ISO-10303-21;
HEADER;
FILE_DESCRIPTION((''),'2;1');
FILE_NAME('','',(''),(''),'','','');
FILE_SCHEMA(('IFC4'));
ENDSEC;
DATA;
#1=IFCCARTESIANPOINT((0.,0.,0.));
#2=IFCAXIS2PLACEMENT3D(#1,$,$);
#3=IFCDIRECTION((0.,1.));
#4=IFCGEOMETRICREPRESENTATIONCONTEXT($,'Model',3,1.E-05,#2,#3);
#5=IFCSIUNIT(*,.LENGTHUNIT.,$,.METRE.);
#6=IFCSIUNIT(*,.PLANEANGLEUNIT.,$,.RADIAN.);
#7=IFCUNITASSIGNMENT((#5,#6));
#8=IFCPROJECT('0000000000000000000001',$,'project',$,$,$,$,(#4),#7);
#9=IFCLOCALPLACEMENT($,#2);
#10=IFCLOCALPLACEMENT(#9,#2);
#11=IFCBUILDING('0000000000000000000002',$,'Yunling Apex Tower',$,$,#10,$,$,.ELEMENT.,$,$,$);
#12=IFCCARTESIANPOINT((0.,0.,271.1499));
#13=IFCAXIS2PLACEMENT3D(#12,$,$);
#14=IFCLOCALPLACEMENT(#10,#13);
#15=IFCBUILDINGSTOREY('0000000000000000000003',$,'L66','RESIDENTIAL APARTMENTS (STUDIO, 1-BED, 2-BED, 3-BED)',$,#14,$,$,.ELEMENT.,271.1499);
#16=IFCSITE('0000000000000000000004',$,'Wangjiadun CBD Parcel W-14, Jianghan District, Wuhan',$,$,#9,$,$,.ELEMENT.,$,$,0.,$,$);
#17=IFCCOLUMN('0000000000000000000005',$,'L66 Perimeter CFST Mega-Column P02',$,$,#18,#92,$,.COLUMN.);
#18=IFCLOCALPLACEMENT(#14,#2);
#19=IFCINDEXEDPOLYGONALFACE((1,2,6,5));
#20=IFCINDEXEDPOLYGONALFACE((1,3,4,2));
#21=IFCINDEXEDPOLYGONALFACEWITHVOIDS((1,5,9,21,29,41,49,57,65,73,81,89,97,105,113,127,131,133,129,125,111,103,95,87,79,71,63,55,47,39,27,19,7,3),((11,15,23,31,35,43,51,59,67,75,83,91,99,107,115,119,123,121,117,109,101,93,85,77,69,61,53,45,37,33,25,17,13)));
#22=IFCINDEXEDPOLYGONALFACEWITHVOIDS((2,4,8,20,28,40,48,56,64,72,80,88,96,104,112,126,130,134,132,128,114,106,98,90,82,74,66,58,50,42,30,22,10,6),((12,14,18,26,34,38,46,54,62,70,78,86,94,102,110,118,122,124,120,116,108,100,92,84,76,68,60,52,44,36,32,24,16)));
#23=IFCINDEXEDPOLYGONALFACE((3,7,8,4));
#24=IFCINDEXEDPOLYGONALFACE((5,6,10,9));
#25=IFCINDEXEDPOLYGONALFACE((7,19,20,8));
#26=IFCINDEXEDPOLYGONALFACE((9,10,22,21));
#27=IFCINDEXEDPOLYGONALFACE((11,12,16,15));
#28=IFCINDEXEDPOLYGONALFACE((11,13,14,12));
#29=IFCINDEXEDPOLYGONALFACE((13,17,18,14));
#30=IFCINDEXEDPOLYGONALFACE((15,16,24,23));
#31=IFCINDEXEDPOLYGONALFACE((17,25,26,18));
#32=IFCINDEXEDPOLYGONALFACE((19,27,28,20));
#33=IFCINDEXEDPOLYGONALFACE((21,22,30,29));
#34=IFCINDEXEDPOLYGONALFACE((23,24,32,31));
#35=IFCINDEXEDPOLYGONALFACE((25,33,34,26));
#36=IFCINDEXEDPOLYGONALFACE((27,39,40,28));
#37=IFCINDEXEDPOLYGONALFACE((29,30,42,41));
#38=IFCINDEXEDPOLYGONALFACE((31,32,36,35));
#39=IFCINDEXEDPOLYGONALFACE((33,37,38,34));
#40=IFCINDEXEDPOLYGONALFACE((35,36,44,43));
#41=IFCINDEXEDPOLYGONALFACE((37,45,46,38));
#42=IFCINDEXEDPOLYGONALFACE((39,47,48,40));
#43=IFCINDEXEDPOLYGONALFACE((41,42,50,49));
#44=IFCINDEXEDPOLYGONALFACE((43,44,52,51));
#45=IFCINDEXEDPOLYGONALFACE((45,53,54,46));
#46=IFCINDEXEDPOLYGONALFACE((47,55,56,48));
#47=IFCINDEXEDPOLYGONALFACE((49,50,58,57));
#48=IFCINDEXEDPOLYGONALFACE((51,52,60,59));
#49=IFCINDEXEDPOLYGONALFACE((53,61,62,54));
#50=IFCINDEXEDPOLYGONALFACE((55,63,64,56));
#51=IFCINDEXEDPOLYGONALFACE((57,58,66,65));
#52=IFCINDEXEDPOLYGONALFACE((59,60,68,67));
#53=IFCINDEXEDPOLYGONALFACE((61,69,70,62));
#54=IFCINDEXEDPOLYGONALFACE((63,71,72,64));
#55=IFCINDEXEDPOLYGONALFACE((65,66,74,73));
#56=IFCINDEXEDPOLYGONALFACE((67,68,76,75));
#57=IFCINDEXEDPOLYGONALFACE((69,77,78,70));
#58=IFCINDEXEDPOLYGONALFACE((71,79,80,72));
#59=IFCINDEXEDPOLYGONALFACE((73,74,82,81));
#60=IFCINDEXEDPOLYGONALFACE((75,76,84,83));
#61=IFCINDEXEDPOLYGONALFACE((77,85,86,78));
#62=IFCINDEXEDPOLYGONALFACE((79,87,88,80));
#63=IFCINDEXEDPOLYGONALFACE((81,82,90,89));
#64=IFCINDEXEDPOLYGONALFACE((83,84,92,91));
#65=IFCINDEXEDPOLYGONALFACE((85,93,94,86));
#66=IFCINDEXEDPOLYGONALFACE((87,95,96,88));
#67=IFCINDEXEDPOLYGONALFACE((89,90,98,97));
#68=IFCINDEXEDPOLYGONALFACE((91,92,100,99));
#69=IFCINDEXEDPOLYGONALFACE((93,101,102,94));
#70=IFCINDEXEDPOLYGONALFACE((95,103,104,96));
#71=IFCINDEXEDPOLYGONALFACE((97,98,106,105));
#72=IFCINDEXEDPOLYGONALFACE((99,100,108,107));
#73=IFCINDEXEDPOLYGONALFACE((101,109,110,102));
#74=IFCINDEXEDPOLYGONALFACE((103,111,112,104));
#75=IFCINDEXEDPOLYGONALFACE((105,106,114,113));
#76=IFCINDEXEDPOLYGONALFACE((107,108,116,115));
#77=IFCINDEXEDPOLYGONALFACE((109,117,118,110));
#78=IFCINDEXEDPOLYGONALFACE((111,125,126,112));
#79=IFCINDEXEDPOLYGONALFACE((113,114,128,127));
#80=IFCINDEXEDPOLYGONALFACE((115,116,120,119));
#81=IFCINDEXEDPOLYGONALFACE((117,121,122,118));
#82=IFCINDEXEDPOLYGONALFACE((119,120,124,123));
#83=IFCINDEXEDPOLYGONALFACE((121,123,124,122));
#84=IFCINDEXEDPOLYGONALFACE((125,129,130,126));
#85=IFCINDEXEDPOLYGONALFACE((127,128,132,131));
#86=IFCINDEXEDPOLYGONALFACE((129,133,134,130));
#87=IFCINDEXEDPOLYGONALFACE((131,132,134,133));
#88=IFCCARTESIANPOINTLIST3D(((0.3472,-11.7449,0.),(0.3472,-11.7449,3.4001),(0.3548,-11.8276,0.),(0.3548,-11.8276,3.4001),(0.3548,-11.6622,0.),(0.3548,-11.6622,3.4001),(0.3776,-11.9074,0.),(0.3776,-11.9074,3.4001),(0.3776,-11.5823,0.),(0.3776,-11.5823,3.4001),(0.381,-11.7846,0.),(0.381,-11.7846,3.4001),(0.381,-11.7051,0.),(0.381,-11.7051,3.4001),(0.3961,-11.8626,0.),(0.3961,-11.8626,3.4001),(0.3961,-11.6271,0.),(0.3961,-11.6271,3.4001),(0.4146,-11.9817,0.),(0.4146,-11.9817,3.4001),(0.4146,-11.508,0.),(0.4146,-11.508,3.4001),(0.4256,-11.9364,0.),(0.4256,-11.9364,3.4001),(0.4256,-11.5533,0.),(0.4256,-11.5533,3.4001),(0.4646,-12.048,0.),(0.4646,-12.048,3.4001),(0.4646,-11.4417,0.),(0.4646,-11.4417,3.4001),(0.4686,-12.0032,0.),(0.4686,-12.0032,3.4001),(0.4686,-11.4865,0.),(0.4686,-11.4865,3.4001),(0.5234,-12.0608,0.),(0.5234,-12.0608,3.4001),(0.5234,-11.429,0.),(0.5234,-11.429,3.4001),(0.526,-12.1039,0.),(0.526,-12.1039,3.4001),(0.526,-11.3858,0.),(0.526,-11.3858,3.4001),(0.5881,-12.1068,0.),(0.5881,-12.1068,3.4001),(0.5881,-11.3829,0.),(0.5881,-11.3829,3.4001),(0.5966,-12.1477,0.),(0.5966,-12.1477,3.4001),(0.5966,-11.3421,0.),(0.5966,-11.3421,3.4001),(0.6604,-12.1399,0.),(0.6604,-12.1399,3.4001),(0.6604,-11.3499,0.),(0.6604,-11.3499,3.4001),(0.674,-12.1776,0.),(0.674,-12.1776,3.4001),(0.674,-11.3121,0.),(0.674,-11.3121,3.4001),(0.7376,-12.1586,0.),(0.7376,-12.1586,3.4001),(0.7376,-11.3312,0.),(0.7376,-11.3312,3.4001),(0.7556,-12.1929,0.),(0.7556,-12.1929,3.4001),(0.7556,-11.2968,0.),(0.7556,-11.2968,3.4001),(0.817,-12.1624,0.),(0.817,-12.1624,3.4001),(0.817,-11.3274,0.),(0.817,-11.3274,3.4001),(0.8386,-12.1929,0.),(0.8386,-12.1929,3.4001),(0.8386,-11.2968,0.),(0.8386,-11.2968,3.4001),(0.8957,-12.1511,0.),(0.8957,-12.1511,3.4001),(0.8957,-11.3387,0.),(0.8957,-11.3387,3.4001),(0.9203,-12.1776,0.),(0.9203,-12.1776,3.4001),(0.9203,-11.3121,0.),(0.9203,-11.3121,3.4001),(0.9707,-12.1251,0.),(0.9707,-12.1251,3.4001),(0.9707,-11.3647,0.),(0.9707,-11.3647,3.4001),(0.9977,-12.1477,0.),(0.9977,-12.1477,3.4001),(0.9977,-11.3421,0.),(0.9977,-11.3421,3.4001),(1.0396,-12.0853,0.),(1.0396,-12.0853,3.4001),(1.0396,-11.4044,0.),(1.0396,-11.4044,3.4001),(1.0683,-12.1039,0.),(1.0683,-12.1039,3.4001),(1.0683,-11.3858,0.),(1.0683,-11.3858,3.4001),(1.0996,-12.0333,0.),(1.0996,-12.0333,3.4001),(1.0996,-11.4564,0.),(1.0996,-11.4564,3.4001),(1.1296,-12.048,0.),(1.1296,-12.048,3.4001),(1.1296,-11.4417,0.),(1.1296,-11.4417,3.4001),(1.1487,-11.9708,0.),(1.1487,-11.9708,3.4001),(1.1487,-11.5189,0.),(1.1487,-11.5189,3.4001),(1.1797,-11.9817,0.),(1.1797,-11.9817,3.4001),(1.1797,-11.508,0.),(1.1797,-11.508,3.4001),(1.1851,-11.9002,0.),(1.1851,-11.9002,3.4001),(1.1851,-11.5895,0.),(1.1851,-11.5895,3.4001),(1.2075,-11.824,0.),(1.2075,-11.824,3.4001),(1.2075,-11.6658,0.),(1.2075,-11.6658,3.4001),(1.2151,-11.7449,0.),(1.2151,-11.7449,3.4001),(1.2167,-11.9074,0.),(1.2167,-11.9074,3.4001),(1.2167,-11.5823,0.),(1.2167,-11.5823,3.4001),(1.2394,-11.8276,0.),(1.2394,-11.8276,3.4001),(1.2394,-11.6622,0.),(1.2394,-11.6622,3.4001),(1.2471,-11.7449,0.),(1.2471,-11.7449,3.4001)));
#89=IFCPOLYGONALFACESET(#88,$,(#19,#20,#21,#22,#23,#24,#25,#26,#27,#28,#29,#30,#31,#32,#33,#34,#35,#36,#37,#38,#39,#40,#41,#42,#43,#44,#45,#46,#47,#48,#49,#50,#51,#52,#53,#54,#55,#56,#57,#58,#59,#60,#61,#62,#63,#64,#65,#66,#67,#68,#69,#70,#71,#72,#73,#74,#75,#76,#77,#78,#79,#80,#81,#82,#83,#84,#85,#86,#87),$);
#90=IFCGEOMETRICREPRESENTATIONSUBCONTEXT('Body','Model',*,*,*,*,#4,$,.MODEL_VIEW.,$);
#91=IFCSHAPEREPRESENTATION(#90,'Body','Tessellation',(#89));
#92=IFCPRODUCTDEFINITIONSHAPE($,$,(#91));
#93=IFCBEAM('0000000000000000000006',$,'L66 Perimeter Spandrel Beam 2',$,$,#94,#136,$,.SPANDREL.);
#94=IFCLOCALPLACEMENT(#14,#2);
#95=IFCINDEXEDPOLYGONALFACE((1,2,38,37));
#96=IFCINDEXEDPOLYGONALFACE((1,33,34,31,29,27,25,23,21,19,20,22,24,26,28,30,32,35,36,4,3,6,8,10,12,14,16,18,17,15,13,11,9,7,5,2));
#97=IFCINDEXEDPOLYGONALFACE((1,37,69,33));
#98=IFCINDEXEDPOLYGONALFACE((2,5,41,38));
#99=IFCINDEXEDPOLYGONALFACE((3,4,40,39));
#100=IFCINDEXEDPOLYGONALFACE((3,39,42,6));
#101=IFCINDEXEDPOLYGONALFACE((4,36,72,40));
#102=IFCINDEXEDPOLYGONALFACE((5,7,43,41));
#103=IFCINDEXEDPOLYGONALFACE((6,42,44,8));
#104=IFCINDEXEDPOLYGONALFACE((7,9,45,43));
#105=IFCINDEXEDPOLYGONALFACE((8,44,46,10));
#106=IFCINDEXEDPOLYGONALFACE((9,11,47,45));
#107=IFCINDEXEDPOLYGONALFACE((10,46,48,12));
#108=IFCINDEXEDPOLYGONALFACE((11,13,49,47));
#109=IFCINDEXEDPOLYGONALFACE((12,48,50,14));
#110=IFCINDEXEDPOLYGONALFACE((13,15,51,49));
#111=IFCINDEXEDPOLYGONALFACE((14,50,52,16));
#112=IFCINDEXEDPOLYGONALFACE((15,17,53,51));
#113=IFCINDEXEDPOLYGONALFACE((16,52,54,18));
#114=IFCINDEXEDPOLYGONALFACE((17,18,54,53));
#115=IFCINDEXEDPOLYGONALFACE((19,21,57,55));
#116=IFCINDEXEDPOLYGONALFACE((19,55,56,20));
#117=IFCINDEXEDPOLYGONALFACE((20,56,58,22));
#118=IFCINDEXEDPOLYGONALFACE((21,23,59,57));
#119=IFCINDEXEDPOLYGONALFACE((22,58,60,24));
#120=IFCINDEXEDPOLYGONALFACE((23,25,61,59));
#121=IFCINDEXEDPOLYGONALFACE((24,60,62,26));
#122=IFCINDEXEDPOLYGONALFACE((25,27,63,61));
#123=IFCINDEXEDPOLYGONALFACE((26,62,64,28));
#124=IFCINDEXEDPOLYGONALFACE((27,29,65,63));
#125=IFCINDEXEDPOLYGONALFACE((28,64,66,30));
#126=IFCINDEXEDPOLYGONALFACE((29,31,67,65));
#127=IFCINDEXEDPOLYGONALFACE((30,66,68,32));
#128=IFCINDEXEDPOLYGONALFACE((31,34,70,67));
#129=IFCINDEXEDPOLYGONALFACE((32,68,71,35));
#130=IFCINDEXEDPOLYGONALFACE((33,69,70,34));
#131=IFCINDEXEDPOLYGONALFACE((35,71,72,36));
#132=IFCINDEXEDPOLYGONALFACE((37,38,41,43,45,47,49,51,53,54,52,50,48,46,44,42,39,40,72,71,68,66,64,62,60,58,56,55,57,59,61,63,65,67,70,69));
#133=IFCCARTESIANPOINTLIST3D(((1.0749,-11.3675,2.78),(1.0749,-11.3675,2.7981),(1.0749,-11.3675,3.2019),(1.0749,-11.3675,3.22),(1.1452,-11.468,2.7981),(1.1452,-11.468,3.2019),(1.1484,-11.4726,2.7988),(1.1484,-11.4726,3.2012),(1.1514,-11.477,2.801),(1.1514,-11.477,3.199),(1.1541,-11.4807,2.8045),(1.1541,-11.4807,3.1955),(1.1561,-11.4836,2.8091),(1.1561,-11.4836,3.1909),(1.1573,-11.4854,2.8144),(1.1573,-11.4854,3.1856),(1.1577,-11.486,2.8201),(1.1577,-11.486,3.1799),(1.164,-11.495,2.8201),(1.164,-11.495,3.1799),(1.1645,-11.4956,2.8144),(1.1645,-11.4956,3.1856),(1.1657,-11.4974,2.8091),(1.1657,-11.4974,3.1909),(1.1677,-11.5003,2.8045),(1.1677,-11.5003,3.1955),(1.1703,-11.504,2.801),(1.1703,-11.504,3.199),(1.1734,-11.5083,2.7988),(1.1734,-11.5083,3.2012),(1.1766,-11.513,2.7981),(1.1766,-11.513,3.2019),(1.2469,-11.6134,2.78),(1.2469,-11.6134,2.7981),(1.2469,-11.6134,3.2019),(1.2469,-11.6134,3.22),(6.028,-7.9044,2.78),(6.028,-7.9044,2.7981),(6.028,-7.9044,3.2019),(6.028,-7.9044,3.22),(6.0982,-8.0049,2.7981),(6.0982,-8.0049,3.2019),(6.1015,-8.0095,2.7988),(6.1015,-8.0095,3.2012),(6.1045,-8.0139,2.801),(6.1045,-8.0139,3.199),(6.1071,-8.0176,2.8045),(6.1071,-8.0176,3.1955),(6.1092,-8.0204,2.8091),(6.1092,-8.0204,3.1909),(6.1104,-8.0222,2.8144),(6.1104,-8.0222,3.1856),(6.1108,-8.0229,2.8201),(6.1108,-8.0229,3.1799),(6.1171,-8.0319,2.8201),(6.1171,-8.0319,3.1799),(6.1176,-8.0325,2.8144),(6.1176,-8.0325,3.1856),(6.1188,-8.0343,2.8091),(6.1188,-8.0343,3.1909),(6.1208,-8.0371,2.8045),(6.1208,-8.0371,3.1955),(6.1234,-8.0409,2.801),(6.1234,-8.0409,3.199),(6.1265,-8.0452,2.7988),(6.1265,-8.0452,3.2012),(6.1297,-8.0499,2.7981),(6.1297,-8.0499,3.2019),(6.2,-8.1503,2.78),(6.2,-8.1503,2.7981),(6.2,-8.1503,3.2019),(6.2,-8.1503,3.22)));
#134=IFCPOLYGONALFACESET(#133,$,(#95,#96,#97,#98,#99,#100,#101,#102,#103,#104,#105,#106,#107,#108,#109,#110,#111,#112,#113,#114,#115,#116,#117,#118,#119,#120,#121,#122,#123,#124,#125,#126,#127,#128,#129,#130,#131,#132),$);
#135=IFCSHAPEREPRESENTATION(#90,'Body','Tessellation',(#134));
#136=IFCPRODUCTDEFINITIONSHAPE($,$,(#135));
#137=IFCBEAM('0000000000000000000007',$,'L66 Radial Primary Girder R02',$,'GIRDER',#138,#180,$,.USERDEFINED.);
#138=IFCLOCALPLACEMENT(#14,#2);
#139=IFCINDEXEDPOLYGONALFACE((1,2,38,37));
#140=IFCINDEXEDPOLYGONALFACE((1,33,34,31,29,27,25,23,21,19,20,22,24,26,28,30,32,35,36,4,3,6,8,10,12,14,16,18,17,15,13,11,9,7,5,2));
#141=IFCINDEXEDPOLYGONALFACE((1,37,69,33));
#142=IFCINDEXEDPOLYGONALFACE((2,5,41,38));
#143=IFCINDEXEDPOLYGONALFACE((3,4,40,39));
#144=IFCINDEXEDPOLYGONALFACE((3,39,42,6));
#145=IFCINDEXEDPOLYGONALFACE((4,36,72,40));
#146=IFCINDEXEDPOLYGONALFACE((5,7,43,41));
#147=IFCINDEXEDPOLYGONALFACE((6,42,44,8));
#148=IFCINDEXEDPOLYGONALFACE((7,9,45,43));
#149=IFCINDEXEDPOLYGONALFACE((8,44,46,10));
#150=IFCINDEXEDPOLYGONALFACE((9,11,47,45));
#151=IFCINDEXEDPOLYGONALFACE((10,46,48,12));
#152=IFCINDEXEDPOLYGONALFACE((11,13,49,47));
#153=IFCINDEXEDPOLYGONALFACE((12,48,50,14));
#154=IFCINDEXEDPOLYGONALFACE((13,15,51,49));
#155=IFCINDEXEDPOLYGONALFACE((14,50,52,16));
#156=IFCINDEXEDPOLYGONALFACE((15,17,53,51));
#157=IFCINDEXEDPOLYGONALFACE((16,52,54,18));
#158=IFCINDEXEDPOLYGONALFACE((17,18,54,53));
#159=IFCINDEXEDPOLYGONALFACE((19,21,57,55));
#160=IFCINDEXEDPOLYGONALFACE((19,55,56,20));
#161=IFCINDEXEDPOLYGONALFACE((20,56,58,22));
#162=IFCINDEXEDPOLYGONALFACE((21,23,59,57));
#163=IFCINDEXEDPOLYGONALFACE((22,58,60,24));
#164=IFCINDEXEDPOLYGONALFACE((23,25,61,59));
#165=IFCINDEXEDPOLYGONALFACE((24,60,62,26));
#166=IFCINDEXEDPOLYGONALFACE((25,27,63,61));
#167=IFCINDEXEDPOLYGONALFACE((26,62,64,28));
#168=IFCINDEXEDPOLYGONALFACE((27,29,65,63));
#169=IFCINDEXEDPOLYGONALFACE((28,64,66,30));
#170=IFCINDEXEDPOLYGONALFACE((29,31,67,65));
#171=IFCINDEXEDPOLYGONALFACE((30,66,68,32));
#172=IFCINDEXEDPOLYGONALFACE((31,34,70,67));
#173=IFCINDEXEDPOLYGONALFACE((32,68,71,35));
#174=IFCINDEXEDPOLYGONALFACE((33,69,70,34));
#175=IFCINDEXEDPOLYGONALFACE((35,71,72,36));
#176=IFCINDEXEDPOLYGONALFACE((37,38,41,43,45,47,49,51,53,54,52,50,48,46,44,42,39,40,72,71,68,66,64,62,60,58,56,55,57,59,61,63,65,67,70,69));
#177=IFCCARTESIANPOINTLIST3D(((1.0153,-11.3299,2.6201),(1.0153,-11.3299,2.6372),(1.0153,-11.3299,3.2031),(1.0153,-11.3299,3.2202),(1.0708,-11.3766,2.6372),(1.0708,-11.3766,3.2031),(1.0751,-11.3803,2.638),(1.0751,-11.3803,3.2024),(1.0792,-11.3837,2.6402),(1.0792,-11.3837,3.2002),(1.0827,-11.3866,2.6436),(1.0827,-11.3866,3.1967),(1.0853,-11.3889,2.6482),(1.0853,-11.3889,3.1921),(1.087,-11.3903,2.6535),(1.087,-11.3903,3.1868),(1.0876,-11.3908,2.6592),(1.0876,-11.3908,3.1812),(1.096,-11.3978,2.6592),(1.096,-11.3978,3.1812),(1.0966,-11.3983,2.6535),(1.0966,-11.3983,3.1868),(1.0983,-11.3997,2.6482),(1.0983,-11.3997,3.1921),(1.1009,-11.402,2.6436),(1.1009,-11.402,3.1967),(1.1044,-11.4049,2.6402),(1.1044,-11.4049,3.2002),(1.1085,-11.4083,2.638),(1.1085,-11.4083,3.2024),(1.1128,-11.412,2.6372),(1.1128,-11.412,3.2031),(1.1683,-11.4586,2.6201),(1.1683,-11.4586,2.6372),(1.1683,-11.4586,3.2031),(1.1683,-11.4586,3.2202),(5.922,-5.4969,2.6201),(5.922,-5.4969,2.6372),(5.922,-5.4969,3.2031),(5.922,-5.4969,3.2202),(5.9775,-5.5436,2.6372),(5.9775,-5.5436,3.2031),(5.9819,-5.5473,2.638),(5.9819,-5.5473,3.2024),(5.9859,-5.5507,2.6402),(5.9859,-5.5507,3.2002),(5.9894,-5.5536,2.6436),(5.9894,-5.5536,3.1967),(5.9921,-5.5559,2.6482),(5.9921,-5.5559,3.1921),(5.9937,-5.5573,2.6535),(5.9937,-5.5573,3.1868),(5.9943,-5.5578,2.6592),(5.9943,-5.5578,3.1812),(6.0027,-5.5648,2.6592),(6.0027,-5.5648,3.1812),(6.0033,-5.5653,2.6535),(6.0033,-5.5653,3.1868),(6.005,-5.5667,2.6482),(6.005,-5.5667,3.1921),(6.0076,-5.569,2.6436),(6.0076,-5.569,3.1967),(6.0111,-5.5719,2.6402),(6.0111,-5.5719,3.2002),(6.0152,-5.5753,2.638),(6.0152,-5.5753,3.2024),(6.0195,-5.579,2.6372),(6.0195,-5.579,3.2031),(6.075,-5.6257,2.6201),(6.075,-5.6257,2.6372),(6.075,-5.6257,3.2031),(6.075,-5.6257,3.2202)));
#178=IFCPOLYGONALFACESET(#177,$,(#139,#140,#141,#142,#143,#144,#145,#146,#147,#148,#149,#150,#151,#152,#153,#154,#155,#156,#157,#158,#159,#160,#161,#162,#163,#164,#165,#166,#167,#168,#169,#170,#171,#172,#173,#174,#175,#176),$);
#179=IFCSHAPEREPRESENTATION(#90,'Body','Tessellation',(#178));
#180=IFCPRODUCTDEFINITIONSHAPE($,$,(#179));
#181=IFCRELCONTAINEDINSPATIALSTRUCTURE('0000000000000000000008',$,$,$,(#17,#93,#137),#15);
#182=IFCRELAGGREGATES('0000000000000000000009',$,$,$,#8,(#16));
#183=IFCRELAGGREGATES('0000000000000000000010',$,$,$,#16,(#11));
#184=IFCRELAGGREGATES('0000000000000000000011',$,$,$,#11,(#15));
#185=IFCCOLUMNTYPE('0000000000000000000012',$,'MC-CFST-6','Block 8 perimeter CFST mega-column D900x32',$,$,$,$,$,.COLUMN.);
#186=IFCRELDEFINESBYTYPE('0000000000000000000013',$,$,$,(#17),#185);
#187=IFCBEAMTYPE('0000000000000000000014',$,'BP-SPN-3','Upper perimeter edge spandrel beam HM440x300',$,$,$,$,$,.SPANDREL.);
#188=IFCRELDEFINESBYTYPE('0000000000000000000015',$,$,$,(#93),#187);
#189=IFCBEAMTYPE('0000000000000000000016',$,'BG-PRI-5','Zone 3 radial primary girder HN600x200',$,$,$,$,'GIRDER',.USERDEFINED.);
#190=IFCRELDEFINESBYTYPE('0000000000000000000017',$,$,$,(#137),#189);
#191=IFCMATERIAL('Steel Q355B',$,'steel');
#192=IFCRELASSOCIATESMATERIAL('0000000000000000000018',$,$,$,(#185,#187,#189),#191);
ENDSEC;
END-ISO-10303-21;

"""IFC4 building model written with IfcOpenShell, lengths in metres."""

from ifc_helpers import new_model, si_unit, direction, frame, origin, origin_2d, place, context, subcontext, project, spatial, hollow_circle, i_section, extrude, source, transform, mapped, material, material_profile, profile_set, type_object, element, save


model = new_model("IFC4")

# Units and contexts
model_context = context("Model", 3, precision=1e-05, world=origin(), true_north=direction((0.0, 1.0)))
body_context = subcontext(model_context, "Body", "Model", "MODEL_VIEW")
ifc_project = project(units=[si_unit("LENGTHUNIT", "METRE"), si_unit("PLANEANGLEUNIT", "RADIAN")], contexts=[model_context])

# Site, building, storey
site_placement = place(None, origin())
site = spatial("IfcSite", under=ifc_project, at=site_placement, Name="Wangjiadun CBD Parcel W-14, Jianghan District, Wuhan", CompositionType="ELEMENT", RefElevation=0.0)
building_placement = place(site_placement, origin())
building = spatial("IfcBuilding", under=site, at=building_placement, Name="Yunling Apex Tower", CompositionType="ELEMENT")
storey_placement = place(building_placement, frame((0.0, 0.0, 271.1499)))
storey = spatial("IfcBuildingStorey", under=building, at=storey_placement, Name="L66", Description="RESIDENTIAL APARTMENTS (STUDIO, 1-BED, 2-BED, 3-BED)", CompositionType="ELEMENT", Elevation=271.1499)

# Column
ifc_material_1 = material(Name="Steel Q355B", Category="steel")
ifc_material_profile_1 = material_profile(ifc_material_1, hollow_circle(Radius=0.45, WallThickness=0.032, at=origin_2d()))
ifc_profile_set_1 = profile_set([ifc_material_profile_1], Name="Steel Q355B")
column_type = type_object("IfcColumnType", Name="MC-CFST-6", Description="Block 8 perimeter CFST mega-column D900x32", PredefinedType="COLUMN", material=ifc_profile_set_1)
shared_shape_1 = source(origin(), body_context, "Body", "SweptSolid", [
    extrude(hollow_circle(Radius=0.45, WallThickness=0.032, at=origin_2d()), origin(), (0.0, 0.0, 1.0), 3.4001),
])
column_placement = place(storey_placement, frame((0.7971, -11.7449, 0.0), z_axis=(0.0, 0.0, 1.0), x_axis=(1.0, 0.0, 0.0)))
element("IfcColumn", 1, at=column_placement, inside=storey, type_object=column_type, Name="L66 Perimeter CFST Mega-Column P02", PredefinedType="COLUMN", context=body_context, shape_type="MappedRepresentation", body=[
    mapped(shared_shape_1, transform((0.0, 0.0, 0.0), scale=1.0)),
])

# Beams
ifc_material_profile_2 = material_profile(ifc_material_1, i_section(OverallWidth=0.3, OverallDepth=0.4399, WebThickness=0.011, FlangeThickness=0.0181, FilletRadius=0.022, at=origin_2d()))
ifc_profile_set_2 = profile_set([ifc_material_profile_2], Name="Steel Q355B")
beam_type_1 = type_object("IfcBeamType", Name="BP-SPN-3", Description="Upper perimeter edge spandrel beam HM440x300", PredefinedType="SPANDREL", material=ifc_profile_set_2)
shared_shape_2 = source(origin(), body_context, "Body", "SweptSolid", [
    extrude(i_section(OverallWidth=0.3, OverallDepth=0.4399, WebThickness=0.011, FlangeThickness=0.0181, FilletRadius=0.022, at=origin_2d()), origin(), (0.0, 0.0, 1.0), 6.0437),
])
beam_1_placement = place(storey_placement, frame((1.1609, -11.4905, 3.0), z_axis=(0.819547, 0.573012, 0.0), x_axis=(-0.573012, 0.819547, 0.0)))
element("IfcBeam", 2, at=beam_1_placement, inside=storey, type_object=beam_type_1, Name="L66 Perimeter Spandrel Beam 2", PredefinedType="SPANDREL", context=body_context, shape_type="MappedRepresentation", body=[
    mapped(shared_shape_2, transform((0.0, 0.0, 0.0), scale=1.0)),
])
ifc_material_profile_3 = material_profile(ifc_material_1, i_section(OverallWidth=0.2, OverallDepth=0.6001, WebThickness=0.011, FlangeThickness=0.0171, FilletRadius=0.022, at=origin_2d()))
ifc_profile_set_3 = profile_set([ifc_material_profile_3], Name="Steel Q355B")
beam_type_2 = type_object("IfcBeamType", Name="BG-PRI-5", Description="Zone 3 radial primary girder HN600x200", ElementType="GIRDER", PredefinedType="USERDEFINED", material=ifc_profile_set_3)
shared_shape_3 = source(origin(), body_context, "Body", "SweptSolid", [
    extrude(i_section(OverallWidth=0.2, OverallDepth=0.6001, WebThickness=0.011, FlangeThickness=0.0171, FilletRadius=0.022, at=origin_2d()), origin(), (0.0, 0.0, 1.0), 7.6223),
])
beam_2_placement = place(storey_placement, frame((1.0918, -11.3943, 2.9202), z_axis=(0.643731, 0.765252, 0.0), x_axis=(-0.765252, 0.643731, 0.0)))
element("IfcBeam", 3, at=beam_2_placement, inside=storey, type_object=beam_type_2, Name="L66 Radial Primary Girder R02", ObjectType="GIRDER", PredefinedType="USERDEFINED", context=body_context, shape_type="MappedRepresentation", body=[
    mapped(shared_shape_3, transform((0.0, 0.0, 0.0), scale=1.0)),
])

save(model, "model.ifc")
